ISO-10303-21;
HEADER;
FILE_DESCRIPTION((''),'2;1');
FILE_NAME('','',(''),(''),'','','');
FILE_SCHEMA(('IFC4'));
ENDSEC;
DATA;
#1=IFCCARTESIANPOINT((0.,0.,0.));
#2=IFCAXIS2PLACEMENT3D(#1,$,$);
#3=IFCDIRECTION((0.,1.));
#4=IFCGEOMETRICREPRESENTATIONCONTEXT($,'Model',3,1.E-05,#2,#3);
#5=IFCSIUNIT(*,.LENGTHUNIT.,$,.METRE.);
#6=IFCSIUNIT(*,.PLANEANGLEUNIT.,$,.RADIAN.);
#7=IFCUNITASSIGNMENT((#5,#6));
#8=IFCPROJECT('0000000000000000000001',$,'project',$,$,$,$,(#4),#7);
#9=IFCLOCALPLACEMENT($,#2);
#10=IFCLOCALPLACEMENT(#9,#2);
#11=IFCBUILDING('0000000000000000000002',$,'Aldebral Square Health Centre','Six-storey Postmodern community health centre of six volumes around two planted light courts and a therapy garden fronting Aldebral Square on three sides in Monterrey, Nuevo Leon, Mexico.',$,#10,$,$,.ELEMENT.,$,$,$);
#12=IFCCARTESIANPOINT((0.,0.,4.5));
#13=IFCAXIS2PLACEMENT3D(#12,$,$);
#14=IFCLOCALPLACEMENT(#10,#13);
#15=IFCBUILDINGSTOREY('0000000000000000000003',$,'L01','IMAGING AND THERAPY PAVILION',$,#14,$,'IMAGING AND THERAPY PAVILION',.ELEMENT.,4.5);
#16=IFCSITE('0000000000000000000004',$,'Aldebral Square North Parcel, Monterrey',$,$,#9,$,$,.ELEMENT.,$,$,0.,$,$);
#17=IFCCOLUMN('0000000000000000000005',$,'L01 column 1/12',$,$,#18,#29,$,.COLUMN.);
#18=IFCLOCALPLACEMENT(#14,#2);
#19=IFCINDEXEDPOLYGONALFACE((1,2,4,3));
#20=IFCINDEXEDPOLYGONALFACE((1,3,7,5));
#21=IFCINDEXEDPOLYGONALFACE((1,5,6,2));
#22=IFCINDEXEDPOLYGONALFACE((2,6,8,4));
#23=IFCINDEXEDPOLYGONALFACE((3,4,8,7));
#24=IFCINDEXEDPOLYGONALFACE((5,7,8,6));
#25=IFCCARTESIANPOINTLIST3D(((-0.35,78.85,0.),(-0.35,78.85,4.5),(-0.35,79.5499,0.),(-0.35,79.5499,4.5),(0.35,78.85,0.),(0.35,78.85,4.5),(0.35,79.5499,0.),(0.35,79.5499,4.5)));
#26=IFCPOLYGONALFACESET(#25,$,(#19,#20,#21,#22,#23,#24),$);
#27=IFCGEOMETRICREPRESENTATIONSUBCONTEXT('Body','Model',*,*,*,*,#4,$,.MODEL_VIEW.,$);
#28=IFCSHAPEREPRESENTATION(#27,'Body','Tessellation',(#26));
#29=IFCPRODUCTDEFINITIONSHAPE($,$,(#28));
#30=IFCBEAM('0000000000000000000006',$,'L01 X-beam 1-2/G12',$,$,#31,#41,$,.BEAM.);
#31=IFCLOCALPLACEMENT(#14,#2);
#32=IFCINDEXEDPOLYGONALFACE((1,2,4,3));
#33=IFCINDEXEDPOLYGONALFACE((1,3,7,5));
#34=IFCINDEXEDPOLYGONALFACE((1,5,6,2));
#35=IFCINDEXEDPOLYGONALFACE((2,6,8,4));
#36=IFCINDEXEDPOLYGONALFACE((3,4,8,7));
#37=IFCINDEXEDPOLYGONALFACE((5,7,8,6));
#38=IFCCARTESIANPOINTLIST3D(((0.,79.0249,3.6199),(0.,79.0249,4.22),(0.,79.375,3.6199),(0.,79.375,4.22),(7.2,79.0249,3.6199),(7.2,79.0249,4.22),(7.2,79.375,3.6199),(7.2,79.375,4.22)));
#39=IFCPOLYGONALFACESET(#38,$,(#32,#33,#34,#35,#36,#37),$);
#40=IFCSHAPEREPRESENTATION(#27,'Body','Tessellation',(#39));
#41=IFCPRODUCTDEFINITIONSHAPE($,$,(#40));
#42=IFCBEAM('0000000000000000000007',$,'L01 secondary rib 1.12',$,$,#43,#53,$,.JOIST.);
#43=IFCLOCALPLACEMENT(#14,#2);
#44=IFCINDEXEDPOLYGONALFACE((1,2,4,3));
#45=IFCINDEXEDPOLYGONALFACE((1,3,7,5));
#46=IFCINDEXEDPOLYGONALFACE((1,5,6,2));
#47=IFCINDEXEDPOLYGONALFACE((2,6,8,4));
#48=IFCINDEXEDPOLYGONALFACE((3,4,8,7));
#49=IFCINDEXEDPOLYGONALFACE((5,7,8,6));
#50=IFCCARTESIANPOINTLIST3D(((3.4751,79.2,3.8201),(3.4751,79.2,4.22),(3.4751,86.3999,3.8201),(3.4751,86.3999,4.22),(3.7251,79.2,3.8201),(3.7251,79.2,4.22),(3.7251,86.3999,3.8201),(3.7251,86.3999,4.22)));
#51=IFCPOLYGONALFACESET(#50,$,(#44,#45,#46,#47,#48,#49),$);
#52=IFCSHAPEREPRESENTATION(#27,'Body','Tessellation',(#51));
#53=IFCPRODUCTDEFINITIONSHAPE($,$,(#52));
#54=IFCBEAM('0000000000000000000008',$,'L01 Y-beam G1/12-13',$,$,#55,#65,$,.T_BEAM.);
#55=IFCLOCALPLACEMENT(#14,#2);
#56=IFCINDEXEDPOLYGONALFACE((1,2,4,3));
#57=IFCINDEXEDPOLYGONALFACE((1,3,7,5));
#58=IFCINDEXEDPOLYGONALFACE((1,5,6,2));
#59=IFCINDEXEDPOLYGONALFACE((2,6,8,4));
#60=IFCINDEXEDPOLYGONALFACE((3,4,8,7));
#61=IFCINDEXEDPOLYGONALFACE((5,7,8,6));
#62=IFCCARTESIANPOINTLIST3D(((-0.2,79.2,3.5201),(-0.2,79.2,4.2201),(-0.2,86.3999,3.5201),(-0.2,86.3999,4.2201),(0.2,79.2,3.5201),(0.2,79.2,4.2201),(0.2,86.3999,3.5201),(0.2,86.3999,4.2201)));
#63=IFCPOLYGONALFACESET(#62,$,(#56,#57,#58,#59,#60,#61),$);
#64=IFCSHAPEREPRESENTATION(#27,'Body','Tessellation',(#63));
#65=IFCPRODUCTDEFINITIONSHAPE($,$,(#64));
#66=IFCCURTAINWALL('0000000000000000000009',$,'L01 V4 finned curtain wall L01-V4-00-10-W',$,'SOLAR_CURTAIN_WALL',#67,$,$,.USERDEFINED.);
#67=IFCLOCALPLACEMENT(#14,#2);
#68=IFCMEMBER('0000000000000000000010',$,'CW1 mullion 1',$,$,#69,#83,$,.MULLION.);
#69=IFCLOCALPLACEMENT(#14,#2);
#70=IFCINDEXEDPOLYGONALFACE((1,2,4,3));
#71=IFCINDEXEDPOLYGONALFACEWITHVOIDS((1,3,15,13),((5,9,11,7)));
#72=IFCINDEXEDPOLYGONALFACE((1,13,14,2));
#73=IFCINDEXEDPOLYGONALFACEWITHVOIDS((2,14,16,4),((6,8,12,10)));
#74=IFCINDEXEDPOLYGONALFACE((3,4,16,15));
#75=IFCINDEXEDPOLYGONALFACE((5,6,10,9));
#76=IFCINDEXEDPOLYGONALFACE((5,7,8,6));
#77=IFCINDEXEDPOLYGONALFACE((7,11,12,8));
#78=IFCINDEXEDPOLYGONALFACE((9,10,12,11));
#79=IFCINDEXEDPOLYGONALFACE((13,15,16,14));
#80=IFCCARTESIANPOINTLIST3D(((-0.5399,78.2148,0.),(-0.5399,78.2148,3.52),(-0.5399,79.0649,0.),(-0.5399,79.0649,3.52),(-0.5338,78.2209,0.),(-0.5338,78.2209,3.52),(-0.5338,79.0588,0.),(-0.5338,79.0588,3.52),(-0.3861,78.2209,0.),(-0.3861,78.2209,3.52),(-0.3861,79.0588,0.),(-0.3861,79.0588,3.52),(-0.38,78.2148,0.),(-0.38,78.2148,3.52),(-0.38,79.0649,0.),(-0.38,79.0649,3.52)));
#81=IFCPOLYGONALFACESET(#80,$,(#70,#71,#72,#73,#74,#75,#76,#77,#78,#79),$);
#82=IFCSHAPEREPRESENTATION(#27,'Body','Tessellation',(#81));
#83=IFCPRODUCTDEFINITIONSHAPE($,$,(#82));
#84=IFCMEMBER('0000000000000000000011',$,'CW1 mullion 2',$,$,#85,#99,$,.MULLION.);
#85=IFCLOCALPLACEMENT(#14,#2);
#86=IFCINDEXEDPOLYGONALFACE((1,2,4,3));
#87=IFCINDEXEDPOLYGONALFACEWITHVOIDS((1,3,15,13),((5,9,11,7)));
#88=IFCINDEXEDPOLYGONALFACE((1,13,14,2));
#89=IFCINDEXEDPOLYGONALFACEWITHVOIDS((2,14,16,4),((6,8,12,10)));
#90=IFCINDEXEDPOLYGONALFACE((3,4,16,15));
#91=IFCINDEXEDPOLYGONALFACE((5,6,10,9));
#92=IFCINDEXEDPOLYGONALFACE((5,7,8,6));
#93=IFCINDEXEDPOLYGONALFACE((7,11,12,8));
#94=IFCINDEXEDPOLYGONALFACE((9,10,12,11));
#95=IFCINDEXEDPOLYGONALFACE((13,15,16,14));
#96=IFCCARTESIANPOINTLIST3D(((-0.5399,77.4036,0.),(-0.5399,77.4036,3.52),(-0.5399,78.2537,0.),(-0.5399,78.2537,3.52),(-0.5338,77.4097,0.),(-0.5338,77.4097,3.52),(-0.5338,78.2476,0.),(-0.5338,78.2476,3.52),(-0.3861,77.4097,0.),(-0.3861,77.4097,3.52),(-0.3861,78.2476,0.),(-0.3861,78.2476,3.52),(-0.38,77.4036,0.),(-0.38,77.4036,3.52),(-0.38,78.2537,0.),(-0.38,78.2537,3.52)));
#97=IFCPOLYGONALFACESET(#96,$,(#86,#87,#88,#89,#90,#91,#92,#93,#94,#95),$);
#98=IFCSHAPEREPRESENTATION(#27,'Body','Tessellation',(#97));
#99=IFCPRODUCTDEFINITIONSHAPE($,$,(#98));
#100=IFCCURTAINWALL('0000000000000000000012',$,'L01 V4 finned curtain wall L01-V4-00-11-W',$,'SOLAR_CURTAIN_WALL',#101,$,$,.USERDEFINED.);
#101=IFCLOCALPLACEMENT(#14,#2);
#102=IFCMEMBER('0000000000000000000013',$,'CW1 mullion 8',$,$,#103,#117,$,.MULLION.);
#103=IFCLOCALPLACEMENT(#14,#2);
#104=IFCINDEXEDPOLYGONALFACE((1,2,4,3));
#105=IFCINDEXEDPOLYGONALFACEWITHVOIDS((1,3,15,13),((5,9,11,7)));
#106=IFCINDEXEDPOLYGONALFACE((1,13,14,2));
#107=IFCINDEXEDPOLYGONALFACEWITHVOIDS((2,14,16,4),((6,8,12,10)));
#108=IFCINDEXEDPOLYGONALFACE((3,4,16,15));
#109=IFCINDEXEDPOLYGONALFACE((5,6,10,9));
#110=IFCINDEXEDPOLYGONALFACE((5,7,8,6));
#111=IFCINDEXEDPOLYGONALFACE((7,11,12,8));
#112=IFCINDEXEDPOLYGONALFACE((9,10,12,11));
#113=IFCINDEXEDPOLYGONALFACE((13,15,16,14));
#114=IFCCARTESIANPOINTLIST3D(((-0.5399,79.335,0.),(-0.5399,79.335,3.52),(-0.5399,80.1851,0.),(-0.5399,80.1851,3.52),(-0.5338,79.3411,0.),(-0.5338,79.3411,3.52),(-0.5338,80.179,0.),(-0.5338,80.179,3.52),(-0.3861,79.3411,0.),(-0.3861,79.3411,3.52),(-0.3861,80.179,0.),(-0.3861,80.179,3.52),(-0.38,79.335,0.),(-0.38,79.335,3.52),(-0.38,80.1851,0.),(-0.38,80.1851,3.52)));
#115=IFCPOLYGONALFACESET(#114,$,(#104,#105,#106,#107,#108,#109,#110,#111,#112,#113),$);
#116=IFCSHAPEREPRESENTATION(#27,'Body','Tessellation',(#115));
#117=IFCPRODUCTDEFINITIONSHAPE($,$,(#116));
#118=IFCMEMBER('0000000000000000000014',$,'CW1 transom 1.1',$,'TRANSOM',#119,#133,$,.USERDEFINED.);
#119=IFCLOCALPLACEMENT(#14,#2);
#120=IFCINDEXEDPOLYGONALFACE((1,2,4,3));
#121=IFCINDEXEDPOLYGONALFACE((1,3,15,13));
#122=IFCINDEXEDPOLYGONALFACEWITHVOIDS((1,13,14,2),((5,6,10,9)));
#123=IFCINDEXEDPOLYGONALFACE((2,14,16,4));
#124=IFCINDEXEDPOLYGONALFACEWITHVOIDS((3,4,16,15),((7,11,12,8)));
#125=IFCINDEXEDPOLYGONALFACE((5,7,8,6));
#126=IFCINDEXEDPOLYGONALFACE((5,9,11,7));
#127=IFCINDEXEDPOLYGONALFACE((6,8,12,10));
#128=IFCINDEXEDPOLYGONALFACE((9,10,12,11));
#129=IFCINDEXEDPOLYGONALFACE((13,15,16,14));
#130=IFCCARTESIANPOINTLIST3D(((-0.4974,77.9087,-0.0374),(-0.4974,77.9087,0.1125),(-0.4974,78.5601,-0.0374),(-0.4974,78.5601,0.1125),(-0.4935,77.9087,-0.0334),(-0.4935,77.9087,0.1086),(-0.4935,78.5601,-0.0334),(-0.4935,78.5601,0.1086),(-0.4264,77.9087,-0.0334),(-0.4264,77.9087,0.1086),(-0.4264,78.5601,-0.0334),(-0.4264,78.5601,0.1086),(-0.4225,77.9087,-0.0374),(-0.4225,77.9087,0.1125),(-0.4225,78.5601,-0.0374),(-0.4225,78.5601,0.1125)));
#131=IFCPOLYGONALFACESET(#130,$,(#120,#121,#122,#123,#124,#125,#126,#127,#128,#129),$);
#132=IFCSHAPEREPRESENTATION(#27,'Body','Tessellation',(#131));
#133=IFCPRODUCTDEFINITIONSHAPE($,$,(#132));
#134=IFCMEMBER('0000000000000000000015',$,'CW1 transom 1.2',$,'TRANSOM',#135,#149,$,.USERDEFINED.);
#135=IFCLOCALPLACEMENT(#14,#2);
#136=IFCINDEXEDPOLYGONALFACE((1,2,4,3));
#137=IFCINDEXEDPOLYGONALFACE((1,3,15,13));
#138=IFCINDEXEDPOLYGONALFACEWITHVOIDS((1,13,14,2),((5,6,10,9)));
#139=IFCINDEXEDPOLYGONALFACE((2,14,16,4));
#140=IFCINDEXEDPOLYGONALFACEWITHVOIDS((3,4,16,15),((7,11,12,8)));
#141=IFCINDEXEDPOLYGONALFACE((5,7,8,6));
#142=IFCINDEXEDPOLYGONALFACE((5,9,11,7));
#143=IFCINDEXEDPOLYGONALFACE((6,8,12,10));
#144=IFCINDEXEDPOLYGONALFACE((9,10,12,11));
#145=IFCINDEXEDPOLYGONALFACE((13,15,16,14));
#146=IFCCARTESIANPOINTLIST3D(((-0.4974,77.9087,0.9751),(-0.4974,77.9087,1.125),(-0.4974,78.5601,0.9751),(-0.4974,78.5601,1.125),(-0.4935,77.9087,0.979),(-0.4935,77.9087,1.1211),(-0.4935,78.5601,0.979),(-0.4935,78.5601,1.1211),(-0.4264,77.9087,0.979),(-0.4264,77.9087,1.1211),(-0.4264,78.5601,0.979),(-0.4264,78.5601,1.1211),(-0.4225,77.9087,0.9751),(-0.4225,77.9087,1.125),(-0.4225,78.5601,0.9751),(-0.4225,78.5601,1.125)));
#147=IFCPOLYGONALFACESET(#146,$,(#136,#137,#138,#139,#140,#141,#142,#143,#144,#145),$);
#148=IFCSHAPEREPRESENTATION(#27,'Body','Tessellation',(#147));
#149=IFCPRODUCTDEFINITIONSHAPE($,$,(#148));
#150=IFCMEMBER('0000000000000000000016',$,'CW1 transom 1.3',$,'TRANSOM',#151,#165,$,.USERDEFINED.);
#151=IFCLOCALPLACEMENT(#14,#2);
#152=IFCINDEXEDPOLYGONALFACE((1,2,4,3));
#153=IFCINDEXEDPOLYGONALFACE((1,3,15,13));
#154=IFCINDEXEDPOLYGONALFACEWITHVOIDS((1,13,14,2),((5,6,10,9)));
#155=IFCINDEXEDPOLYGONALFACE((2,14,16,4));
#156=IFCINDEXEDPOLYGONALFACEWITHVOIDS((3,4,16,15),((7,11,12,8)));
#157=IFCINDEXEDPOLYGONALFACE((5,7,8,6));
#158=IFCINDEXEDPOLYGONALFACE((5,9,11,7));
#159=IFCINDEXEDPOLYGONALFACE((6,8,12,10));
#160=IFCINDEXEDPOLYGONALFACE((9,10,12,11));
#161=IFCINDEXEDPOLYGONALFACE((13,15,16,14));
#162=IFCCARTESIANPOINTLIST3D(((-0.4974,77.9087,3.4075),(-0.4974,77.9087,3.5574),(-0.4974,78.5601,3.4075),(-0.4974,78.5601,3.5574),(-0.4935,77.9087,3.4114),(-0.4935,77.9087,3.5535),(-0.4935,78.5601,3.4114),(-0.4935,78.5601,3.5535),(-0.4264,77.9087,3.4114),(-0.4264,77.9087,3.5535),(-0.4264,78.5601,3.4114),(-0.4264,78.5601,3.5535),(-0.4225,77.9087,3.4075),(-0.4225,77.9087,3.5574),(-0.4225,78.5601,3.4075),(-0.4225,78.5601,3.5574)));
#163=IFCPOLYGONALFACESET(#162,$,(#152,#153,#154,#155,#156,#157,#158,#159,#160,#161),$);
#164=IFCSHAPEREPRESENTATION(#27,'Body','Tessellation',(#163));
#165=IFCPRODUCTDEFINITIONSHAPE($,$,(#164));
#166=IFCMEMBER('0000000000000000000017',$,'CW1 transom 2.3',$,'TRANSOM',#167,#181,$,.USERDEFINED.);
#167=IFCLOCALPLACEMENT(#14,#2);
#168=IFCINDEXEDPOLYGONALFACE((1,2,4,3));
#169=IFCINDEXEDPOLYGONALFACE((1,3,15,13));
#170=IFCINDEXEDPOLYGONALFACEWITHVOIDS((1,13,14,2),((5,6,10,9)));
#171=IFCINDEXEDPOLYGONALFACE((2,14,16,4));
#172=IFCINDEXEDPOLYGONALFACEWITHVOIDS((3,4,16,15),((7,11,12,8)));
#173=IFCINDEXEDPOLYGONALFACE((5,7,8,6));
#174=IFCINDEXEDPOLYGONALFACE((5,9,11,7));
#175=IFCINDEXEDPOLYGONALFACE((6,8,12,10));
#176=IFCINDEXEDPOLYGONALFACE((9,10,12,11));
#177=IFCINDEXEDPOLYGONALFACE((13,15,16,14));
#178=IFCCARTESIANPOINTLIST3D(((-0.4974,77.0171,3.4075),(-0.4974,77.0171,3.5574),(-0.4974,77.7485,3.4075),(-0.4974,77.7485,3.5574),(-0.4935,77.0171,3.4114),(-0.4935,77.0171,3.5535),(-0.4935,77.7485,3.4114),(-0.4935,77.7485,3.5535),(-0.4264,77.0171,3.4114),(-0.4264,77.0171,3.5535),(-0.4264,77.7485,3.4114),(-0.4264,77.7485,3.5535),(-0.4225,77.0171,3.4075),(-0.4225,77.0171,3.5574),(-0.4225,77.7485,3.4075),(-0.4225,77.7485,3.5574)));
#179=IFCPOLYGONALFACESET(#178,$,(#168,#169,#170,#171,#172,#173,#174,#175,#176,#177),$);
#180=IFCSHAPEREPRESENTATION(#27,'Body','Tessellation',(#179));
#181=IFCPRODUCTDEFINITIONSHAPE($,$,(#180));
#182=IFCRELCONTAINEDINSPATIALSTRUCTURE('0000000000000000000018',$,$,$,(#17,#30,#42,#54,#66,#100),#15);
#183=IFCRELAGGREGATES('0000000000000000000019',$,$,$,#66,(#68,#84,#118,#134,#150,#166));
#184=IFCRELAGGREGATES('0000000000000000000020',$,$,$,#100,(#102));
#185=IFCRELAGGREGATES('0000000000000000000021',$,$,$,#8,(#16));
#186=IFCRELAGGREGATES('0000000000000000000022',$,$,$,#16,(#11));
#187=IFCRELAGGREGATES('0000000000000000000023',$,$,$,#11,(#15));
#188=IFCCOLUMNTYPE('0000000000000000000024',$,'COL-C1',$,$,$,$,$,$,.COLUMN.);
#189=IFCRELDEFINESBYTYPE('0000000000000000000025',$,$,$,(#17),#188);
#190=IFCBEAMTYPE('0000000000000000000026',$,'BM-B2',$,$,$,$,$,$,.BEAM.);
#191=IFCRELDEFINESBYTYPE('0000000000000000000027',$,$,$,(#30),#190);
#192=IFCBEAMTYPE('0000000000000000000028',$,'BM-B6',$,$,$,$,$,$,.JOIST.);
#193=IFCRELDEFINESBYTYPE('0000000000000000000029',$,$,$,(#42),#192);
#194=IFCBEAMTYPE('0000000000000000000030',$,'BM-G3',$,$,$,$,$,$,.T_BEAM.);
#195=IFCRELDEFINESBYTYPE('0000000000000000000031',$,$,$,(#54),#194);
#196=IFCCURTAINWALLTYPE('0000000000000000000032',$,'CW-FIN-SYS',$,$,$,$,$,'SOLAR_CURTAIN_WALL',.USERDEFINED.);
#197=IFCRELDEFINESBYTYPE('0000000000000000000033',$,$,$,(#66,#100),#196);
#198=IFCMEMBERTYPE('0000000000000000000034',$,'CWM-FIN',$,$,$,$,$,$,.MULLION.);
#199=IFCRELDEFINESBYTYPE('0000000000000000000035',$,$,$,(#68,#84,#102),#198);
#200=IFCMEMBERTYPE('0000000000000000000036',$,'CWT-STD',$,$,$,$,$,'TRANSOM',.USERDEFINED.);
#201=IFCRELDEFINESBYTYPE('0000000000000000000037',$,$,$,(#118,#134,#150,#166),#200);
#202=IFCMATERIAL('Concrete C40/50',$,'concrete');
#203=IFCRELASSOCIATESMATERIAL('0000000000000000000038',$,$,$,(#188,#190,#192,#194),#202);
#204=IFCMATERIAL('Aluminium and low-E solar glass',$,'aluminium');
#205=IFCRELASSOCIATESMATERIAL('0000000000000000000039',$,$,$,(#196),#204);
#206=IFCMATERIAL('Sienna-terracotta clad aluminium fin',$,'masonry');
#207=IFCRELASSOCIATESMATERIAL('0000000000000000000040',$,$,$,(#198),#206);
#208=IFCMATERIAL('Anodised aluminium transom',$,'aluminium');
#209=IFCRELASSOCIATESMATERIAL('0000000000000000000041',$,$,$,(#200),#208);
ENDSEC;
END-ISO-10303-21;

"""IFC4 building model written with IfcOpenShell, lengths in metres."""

from ifc_helpers import new_model, si_unit, direction, frame, origin, origin_2d, place, context, subcontext, project, spatial, rectangle, hollow_rectangle, extrude, material, material_profile, profile_set, type_object, element, aggregate, save


model = new_model("IFC4")

# Units and contexts
model_context = context("Model", 3, precision=1e-05, world=origin(), true_north=direction((0.0, 1.0)))
body_context = subcontext(model_context, "Body", "Model", "MODEL_VIEW")
ifc_project = project(units=[si_unit("LENGTHUNIT", "METRE"), si_unit("PLANEANGLEUNIT", "RADIAN")], contexts=[model_context])

# Site, building, storey
site_placement = place(None, origin())
site = spatial("IfcSite", under=ifc_project, at=site_placement, Name="Aldebral Square North Parcel, Monterrey", CompositionType="ELEMENT", RefElevation=0.0)
building_placement = place(site_placement, origin())
building = spatial("IfcBuilding", under=site, at=building_placement, Name="Aldebral Square Health Centre", Description="Six-storey Postmodern community health centre of six volumes around two planted light courts and a therapy garden fronting Aldebral Square on three sides in Monterrey, Nuevo Leon, Mexico.", CompositionType="ELEMENT")
storey_placement = place(building_placement, frame((0.0, 0.0, 4.5)))
storey = spatial("IfcBuildingStorey", under=building, at=storey_placement, Name="L01", Description="IMAGING AND THERAPY PAVILION", LongName="IMAGING AND THERAPY PAVILION", CompositionType="ELEMENT", Elevation=4.5)

# Column
ifc_material_1 = material(Name="Concrete C40/50", Category="concrete")
ifc_material_profile_1 = material_profile(ifc_material_1, rectangle(XDim=0.7, YDim=0.7, at=origin_2d()), Name="RC 700x700")
ifc_profile_set_1 = profile_set([ifc_material_profile_1], Name="Concrete C40/50")
column_type = type_object("IfcColumnType", Name="COL-C1", PredefinedType="COLUMN", material=ifc_profile_set_1)
column_placement = place(storey_placement, frame((0.0, 79.2, 0.0), z_axis=(0.0, 0.0, 1.0), x_axis=(1.0, 0.0, 0.0)))
element("IfcColumn", 1, at=column_placement, inside=storey, type_object=column_type, Name="L01 column 1/12", PredefinedType="COLUMN", context=body_context, shape_type="SweptSolid", body=[
    extrude(rectangle(XDim=0.7, YDim=0.7, at=origin_2d()), origin(), (0.0, 0.0, 1.0), 4.5),
])

# Beams
ifc_material_profile_2 = material_profile(ifc_material_1, rectangle(XDim=0.3501, YDim=0.6001, at=origin_2d()), Name="RC 350x600")
ifc_profile_set_2 = profile_set([ifc_material_profile_2], Name="Concrete C40/50")
beam_type_1 = type_object("IfcBeamType", Name="BM-B2", PredefinedType="BEAM", material=ifc_profile_set_2)
beam_1_placement = place(storey_placement, frame((0.0, 79.2, 3.9199), z_axis=(1.0, 0.0, 0.0), x_axis=(0.0, 1.0, 0.0)))
element("IfcBeam", 2, at=beam_1_placement, inside=storey, type_object=beam_type_1, Name="L01 X-beam 1-2/G12", PredefinedType="BEAM", context=body_context, shape_type="SweptSolid", body=[
    extrude(rectangle(XDim=0.3501, YDim=0.6001, at=origin_2d()), origin(), (0.0, 0.0, 1.0), 7.2),
])
ifc_material_profile_3 = material_profile(ifc_material_1, rectangle(XDim=0.25, YDim=0.3999, at=origin_2d()), Name="RC 250x400")
ifc_profile_set_3 = profile_set([ifc_material_profile_3], Name="Concrete C40/50")
beam_type_2 = type_object("IfcBeamType", Name="BM-B6", PredefinedType="JOIST", material=ifc_profile_set_3)
beam_2_placement = place(storey_placement, frame((3.6001, 79.2, 4.02), z_axis=(0.0, 1.0, 0.0), x_axis=(-1.0, 0.0, 0.0)))
element("IfcBeam", 3, at=beam_2_placement, inside=storey, type_object=beam_type_2, Name="L01 secondary rib 1.12", PredefinedType="JOIST", context=body_context, shape_type="SweptSolid", body=[
    extrude(rectangle(XDim=0.25, YDim=0.3999, at=origin_2d()), origin(), (0.0, 0.0, 1.0), 7.2),
])
ifc_material_profile_4 = material_profile(ifc_material_1, rectangle(XDim=0.3999, YDim=0.7, at=origin_2d()), Name="RC 400x700")
ifc_profile_set_4 = profile_set([ifc_material_profile_4], Name="Concrete C40/50")
beam_type_3 = type_object("IfcBeamType", Name="BM-G3", PredefinedType="T_BEAM", material=ifc_profile_set_4)
beam_3_placement = place(storey_placement, frame((0.0, 79.2, 3.8701), z_axis=(0.0, 1.0, 0.0), x_axis=(-1.0, 0.0, 0.0)))
element("IfcBeam", 4, at=beam_3_placement, inside=storey, type_object=beam_type_3, Name="L01 Y-beam G1/12-13", PredefinedType="T_BEAM", context=body_context, shape_type="SweptSolid", body=[
    extrude(rectangle(XDim=0.3999, YDim=0.7, at=origin_2d()), origin(), (0.0, 0.0, 1.0), 7.2),
])

# Curtain wall, members
ifc_material_2 = material(Name="Aluminium and low-E solar glass", Category="aluminium")
curtain_wall_type = type_object("IfcCurtainWallType", Name="CW-FIN-SYS", ElementType="SOLAR_CURTAIN_WALL", PredefinedType="USERDEFINED", material=ifc_material_2)
curtain_wall_1_placement = place(storey_placement, origin())
curtain_wall_1 = element("IfcCurtainWall", 5, at=curtain_wall_1_placement, inside=storey, type_object=curtain_wall_type, Name="L01 V4 finned curtain wall L01-V4-00-10-W", ObjectType="SOLAR_CURTAIN_WALL", PredefinedType="USERDEFINED")
ifc_material_3 = material(Name="Sienna-terracotta clad aluminium fin", Category="masonry")
ifc_material_profile_5 = material_profile(ifc_material_3, hollow_rectangle(XDim=0.1599, YDim=0.8501, WallThickness=0.0061, at=origin_2d()), Name="FIN 160x850x6")
ifc_profile_set_5 = profile_set([ifc_material_profile_5], Name="Sienna-terracotta clad aluminium fin")
member_type_1 = type_object("IfcMemberType", Name="CWM-FIN", PredefinedType="MULLION", material=ifc_profile_set_5)
member_1_placement = place(storey_placement, frame((-0.46, 78.6399, 0.0), z_axis=(0.0, 0.0, 1.0), x_axis=(1.0, 0.0, 0.0)))
member_1 = element("IfcMember", 6, at=member_1_placement, type_object=member_type_1, Name="CW1 mullion 1", PredefinedType="MULLION", context=body_context, shape_type="SweptSolid", body=[
    extrude(hollow_rectangle(XDim=0.1599, YDim=0.8501, WallThickness=0.0061, at=origin_2d()), origin(), (0.0, 0.0, 1.0), 3.52),
])
member_2_placement = place(storey_placement, frame((-0.46, 77.8286, 0.0), z_axis=(0.0, 0.0, 1.0), x_axis=(1.0, 0.0, 0.0)))
member_2 = element("IfcMember", 7, at=member_2_placement, type_object=member_type_1, Name="CW1 mullion 2", PredefinedType="MULLION", context=body_context, shape_type="SweptSolid", body=[
    extrude(hollow_rectangle(XDim=0.1599, YDim=0.8501, WallThickness=0.0061, at=origin_2d()), origin(), (0.0, 0.0, 1.0), 3.52),
])

# Curtain wall, member
curtain_wall_2_placement = place(storey_placement, origin())
curtain_wall_2 = element("IfcCurtainWall", 8, at=curtain_wall_2_placement, inside=storey, type_object=curtain_wall_type, Name="L01 V4 finned curtain wall L01-V4-00-11-W", ObjectType="SOLAR_CURTAIN_WALL", PredefinedType="USERDEFINED")
member_3_placement = place(storey_placement, frame((-0.46, 79.76, 0.0), z_axis=(0.0, 0.0, 1.0), x_axis=(1.0, 0.0, 0.0)))
member_3 = element("IfcMember", 9, at=member_3_placement, type_object=member_type_1, Name="CW1 mullion 8", PredefinedType="MULLION", context=body_context, shape_type="SweptSolid", body=[
    extrude(hollow_rectangle(XDim=0.1599, YDim=0.8501, WallThickness=0.0061, at=origin_2d()), origin(), (0.0, 0.0, 1.0), 3.52),
])

# Members
ifc_material_4 = material(Name="Anodised aluminium transom", Category="aluminium")
ifc_material_profile_6 = material_profile(ifc_material_4, hollow_rectangle(XDim=0.075, YDim=0.1499, WallThickness=0.0039, at=origin_2d()), Name="CWT 75x150x4")
ifc_profile_set_6 = profile_set([ifc_material_profile_6], Name="Anodised aluminium transom")
member_type_2 = type_object("IfcMemberType", Name="CWT-STD", ElementType="TRANSOM", PredefinedType="USERDEFINED", material=ifc_profile_set_6)
member_4_placement = place(storey_placement, frame((-0.46, 78.5601, 0.0376), z_axis=(0.0, -1.0, 0.0), x_axis=(1.0, 0.0, 0.0)))
member_4 = element("IfcMember", 10, at=member_4_placement, type_object=member_type_2, Name="CW1 transom 1.1", ObjectType="TRANSOM", PredefinedType="USERDEFINED", context=body_context, shape_type="SweptSolid", body=[
    extrude(hollow_rectangle(XDim=0.075, YDim=0.1499, WallThickness=0.0039, at=origin_2d()), origin(), (0.0, 0.0, 1.0), 0.6514),
])
member_5_placement = place(storey_placement, frame((-0.46, 78.5601, 1.05), z_axis=(0.0, -1.0, 0.0), x_axis=(1.0, 0.0, 0.0)))
member_5 = element("IfcMember", 11, at=member_5_placement, type_object=member_type_2, Name="CW1 transom 1.2", ObjectType="TRANSOM", PredefinedType="USERDEFINED", context=body_context, shape_type="SweptSolid", body=[
    extrude(hollow_rectangle(XDim=0.075, YDim=0.1499, WallThickness=0.0039, at=origin_2d()), origin(), (0.0, 0.0, 1.0), 0.6514),
])
member_6_placement = place(storey_placement, frame((-0.46, 78.5601, 3.4824), z_axis=(0.0, -1.0, 0.0), x_axis=(1.0, 0.0, 0.0)))
member_6 = element("IfcMember", 12, at=member_6_placement, type_object=member_type_2, Name="CW1 transom 1.3", ObjectType="TRANSOM", PredefinedType="USERDEFINED", context=body_context, shape_type="SweptSolid", body=[
    extrude(hollow_rectangle(XDim=0.075, YDim=0.1499, WallThickness=0.0039, at=origin_2d()), origin(), (0.0, 0.0, 1.0), 0.6514),
])
member_7_placement = place(storey_placement, frame((-0.46, 77.7485, 3.4824), z_axis=(0.0, -1.0, 0.0), x_axis=(1.0, 0.0, 0.0)))
member_7 = element("IfcMember", 13, at=member_7_placement, type_object=member_type_2, Name="CW1 transom 2.3", ObjectType="TRANSOM", PredefinedType="USERDEFINED", context=body_context, shape_type="SweptSolid", body=[
    extrude(hollow_rectangle(XDim=0.075, YDim=0.1499, WallThickness=0.0039, at=origin_2d()), origin(), (0.0, 0.0, 1.0), 0.7314),
])

aggregate(curtain_wall_1, [member_1, member_2, member_4, member_5, member_6, member_7])
aggregate(curtain_wall_2, [member_3])

save(model, "model.ifc")
